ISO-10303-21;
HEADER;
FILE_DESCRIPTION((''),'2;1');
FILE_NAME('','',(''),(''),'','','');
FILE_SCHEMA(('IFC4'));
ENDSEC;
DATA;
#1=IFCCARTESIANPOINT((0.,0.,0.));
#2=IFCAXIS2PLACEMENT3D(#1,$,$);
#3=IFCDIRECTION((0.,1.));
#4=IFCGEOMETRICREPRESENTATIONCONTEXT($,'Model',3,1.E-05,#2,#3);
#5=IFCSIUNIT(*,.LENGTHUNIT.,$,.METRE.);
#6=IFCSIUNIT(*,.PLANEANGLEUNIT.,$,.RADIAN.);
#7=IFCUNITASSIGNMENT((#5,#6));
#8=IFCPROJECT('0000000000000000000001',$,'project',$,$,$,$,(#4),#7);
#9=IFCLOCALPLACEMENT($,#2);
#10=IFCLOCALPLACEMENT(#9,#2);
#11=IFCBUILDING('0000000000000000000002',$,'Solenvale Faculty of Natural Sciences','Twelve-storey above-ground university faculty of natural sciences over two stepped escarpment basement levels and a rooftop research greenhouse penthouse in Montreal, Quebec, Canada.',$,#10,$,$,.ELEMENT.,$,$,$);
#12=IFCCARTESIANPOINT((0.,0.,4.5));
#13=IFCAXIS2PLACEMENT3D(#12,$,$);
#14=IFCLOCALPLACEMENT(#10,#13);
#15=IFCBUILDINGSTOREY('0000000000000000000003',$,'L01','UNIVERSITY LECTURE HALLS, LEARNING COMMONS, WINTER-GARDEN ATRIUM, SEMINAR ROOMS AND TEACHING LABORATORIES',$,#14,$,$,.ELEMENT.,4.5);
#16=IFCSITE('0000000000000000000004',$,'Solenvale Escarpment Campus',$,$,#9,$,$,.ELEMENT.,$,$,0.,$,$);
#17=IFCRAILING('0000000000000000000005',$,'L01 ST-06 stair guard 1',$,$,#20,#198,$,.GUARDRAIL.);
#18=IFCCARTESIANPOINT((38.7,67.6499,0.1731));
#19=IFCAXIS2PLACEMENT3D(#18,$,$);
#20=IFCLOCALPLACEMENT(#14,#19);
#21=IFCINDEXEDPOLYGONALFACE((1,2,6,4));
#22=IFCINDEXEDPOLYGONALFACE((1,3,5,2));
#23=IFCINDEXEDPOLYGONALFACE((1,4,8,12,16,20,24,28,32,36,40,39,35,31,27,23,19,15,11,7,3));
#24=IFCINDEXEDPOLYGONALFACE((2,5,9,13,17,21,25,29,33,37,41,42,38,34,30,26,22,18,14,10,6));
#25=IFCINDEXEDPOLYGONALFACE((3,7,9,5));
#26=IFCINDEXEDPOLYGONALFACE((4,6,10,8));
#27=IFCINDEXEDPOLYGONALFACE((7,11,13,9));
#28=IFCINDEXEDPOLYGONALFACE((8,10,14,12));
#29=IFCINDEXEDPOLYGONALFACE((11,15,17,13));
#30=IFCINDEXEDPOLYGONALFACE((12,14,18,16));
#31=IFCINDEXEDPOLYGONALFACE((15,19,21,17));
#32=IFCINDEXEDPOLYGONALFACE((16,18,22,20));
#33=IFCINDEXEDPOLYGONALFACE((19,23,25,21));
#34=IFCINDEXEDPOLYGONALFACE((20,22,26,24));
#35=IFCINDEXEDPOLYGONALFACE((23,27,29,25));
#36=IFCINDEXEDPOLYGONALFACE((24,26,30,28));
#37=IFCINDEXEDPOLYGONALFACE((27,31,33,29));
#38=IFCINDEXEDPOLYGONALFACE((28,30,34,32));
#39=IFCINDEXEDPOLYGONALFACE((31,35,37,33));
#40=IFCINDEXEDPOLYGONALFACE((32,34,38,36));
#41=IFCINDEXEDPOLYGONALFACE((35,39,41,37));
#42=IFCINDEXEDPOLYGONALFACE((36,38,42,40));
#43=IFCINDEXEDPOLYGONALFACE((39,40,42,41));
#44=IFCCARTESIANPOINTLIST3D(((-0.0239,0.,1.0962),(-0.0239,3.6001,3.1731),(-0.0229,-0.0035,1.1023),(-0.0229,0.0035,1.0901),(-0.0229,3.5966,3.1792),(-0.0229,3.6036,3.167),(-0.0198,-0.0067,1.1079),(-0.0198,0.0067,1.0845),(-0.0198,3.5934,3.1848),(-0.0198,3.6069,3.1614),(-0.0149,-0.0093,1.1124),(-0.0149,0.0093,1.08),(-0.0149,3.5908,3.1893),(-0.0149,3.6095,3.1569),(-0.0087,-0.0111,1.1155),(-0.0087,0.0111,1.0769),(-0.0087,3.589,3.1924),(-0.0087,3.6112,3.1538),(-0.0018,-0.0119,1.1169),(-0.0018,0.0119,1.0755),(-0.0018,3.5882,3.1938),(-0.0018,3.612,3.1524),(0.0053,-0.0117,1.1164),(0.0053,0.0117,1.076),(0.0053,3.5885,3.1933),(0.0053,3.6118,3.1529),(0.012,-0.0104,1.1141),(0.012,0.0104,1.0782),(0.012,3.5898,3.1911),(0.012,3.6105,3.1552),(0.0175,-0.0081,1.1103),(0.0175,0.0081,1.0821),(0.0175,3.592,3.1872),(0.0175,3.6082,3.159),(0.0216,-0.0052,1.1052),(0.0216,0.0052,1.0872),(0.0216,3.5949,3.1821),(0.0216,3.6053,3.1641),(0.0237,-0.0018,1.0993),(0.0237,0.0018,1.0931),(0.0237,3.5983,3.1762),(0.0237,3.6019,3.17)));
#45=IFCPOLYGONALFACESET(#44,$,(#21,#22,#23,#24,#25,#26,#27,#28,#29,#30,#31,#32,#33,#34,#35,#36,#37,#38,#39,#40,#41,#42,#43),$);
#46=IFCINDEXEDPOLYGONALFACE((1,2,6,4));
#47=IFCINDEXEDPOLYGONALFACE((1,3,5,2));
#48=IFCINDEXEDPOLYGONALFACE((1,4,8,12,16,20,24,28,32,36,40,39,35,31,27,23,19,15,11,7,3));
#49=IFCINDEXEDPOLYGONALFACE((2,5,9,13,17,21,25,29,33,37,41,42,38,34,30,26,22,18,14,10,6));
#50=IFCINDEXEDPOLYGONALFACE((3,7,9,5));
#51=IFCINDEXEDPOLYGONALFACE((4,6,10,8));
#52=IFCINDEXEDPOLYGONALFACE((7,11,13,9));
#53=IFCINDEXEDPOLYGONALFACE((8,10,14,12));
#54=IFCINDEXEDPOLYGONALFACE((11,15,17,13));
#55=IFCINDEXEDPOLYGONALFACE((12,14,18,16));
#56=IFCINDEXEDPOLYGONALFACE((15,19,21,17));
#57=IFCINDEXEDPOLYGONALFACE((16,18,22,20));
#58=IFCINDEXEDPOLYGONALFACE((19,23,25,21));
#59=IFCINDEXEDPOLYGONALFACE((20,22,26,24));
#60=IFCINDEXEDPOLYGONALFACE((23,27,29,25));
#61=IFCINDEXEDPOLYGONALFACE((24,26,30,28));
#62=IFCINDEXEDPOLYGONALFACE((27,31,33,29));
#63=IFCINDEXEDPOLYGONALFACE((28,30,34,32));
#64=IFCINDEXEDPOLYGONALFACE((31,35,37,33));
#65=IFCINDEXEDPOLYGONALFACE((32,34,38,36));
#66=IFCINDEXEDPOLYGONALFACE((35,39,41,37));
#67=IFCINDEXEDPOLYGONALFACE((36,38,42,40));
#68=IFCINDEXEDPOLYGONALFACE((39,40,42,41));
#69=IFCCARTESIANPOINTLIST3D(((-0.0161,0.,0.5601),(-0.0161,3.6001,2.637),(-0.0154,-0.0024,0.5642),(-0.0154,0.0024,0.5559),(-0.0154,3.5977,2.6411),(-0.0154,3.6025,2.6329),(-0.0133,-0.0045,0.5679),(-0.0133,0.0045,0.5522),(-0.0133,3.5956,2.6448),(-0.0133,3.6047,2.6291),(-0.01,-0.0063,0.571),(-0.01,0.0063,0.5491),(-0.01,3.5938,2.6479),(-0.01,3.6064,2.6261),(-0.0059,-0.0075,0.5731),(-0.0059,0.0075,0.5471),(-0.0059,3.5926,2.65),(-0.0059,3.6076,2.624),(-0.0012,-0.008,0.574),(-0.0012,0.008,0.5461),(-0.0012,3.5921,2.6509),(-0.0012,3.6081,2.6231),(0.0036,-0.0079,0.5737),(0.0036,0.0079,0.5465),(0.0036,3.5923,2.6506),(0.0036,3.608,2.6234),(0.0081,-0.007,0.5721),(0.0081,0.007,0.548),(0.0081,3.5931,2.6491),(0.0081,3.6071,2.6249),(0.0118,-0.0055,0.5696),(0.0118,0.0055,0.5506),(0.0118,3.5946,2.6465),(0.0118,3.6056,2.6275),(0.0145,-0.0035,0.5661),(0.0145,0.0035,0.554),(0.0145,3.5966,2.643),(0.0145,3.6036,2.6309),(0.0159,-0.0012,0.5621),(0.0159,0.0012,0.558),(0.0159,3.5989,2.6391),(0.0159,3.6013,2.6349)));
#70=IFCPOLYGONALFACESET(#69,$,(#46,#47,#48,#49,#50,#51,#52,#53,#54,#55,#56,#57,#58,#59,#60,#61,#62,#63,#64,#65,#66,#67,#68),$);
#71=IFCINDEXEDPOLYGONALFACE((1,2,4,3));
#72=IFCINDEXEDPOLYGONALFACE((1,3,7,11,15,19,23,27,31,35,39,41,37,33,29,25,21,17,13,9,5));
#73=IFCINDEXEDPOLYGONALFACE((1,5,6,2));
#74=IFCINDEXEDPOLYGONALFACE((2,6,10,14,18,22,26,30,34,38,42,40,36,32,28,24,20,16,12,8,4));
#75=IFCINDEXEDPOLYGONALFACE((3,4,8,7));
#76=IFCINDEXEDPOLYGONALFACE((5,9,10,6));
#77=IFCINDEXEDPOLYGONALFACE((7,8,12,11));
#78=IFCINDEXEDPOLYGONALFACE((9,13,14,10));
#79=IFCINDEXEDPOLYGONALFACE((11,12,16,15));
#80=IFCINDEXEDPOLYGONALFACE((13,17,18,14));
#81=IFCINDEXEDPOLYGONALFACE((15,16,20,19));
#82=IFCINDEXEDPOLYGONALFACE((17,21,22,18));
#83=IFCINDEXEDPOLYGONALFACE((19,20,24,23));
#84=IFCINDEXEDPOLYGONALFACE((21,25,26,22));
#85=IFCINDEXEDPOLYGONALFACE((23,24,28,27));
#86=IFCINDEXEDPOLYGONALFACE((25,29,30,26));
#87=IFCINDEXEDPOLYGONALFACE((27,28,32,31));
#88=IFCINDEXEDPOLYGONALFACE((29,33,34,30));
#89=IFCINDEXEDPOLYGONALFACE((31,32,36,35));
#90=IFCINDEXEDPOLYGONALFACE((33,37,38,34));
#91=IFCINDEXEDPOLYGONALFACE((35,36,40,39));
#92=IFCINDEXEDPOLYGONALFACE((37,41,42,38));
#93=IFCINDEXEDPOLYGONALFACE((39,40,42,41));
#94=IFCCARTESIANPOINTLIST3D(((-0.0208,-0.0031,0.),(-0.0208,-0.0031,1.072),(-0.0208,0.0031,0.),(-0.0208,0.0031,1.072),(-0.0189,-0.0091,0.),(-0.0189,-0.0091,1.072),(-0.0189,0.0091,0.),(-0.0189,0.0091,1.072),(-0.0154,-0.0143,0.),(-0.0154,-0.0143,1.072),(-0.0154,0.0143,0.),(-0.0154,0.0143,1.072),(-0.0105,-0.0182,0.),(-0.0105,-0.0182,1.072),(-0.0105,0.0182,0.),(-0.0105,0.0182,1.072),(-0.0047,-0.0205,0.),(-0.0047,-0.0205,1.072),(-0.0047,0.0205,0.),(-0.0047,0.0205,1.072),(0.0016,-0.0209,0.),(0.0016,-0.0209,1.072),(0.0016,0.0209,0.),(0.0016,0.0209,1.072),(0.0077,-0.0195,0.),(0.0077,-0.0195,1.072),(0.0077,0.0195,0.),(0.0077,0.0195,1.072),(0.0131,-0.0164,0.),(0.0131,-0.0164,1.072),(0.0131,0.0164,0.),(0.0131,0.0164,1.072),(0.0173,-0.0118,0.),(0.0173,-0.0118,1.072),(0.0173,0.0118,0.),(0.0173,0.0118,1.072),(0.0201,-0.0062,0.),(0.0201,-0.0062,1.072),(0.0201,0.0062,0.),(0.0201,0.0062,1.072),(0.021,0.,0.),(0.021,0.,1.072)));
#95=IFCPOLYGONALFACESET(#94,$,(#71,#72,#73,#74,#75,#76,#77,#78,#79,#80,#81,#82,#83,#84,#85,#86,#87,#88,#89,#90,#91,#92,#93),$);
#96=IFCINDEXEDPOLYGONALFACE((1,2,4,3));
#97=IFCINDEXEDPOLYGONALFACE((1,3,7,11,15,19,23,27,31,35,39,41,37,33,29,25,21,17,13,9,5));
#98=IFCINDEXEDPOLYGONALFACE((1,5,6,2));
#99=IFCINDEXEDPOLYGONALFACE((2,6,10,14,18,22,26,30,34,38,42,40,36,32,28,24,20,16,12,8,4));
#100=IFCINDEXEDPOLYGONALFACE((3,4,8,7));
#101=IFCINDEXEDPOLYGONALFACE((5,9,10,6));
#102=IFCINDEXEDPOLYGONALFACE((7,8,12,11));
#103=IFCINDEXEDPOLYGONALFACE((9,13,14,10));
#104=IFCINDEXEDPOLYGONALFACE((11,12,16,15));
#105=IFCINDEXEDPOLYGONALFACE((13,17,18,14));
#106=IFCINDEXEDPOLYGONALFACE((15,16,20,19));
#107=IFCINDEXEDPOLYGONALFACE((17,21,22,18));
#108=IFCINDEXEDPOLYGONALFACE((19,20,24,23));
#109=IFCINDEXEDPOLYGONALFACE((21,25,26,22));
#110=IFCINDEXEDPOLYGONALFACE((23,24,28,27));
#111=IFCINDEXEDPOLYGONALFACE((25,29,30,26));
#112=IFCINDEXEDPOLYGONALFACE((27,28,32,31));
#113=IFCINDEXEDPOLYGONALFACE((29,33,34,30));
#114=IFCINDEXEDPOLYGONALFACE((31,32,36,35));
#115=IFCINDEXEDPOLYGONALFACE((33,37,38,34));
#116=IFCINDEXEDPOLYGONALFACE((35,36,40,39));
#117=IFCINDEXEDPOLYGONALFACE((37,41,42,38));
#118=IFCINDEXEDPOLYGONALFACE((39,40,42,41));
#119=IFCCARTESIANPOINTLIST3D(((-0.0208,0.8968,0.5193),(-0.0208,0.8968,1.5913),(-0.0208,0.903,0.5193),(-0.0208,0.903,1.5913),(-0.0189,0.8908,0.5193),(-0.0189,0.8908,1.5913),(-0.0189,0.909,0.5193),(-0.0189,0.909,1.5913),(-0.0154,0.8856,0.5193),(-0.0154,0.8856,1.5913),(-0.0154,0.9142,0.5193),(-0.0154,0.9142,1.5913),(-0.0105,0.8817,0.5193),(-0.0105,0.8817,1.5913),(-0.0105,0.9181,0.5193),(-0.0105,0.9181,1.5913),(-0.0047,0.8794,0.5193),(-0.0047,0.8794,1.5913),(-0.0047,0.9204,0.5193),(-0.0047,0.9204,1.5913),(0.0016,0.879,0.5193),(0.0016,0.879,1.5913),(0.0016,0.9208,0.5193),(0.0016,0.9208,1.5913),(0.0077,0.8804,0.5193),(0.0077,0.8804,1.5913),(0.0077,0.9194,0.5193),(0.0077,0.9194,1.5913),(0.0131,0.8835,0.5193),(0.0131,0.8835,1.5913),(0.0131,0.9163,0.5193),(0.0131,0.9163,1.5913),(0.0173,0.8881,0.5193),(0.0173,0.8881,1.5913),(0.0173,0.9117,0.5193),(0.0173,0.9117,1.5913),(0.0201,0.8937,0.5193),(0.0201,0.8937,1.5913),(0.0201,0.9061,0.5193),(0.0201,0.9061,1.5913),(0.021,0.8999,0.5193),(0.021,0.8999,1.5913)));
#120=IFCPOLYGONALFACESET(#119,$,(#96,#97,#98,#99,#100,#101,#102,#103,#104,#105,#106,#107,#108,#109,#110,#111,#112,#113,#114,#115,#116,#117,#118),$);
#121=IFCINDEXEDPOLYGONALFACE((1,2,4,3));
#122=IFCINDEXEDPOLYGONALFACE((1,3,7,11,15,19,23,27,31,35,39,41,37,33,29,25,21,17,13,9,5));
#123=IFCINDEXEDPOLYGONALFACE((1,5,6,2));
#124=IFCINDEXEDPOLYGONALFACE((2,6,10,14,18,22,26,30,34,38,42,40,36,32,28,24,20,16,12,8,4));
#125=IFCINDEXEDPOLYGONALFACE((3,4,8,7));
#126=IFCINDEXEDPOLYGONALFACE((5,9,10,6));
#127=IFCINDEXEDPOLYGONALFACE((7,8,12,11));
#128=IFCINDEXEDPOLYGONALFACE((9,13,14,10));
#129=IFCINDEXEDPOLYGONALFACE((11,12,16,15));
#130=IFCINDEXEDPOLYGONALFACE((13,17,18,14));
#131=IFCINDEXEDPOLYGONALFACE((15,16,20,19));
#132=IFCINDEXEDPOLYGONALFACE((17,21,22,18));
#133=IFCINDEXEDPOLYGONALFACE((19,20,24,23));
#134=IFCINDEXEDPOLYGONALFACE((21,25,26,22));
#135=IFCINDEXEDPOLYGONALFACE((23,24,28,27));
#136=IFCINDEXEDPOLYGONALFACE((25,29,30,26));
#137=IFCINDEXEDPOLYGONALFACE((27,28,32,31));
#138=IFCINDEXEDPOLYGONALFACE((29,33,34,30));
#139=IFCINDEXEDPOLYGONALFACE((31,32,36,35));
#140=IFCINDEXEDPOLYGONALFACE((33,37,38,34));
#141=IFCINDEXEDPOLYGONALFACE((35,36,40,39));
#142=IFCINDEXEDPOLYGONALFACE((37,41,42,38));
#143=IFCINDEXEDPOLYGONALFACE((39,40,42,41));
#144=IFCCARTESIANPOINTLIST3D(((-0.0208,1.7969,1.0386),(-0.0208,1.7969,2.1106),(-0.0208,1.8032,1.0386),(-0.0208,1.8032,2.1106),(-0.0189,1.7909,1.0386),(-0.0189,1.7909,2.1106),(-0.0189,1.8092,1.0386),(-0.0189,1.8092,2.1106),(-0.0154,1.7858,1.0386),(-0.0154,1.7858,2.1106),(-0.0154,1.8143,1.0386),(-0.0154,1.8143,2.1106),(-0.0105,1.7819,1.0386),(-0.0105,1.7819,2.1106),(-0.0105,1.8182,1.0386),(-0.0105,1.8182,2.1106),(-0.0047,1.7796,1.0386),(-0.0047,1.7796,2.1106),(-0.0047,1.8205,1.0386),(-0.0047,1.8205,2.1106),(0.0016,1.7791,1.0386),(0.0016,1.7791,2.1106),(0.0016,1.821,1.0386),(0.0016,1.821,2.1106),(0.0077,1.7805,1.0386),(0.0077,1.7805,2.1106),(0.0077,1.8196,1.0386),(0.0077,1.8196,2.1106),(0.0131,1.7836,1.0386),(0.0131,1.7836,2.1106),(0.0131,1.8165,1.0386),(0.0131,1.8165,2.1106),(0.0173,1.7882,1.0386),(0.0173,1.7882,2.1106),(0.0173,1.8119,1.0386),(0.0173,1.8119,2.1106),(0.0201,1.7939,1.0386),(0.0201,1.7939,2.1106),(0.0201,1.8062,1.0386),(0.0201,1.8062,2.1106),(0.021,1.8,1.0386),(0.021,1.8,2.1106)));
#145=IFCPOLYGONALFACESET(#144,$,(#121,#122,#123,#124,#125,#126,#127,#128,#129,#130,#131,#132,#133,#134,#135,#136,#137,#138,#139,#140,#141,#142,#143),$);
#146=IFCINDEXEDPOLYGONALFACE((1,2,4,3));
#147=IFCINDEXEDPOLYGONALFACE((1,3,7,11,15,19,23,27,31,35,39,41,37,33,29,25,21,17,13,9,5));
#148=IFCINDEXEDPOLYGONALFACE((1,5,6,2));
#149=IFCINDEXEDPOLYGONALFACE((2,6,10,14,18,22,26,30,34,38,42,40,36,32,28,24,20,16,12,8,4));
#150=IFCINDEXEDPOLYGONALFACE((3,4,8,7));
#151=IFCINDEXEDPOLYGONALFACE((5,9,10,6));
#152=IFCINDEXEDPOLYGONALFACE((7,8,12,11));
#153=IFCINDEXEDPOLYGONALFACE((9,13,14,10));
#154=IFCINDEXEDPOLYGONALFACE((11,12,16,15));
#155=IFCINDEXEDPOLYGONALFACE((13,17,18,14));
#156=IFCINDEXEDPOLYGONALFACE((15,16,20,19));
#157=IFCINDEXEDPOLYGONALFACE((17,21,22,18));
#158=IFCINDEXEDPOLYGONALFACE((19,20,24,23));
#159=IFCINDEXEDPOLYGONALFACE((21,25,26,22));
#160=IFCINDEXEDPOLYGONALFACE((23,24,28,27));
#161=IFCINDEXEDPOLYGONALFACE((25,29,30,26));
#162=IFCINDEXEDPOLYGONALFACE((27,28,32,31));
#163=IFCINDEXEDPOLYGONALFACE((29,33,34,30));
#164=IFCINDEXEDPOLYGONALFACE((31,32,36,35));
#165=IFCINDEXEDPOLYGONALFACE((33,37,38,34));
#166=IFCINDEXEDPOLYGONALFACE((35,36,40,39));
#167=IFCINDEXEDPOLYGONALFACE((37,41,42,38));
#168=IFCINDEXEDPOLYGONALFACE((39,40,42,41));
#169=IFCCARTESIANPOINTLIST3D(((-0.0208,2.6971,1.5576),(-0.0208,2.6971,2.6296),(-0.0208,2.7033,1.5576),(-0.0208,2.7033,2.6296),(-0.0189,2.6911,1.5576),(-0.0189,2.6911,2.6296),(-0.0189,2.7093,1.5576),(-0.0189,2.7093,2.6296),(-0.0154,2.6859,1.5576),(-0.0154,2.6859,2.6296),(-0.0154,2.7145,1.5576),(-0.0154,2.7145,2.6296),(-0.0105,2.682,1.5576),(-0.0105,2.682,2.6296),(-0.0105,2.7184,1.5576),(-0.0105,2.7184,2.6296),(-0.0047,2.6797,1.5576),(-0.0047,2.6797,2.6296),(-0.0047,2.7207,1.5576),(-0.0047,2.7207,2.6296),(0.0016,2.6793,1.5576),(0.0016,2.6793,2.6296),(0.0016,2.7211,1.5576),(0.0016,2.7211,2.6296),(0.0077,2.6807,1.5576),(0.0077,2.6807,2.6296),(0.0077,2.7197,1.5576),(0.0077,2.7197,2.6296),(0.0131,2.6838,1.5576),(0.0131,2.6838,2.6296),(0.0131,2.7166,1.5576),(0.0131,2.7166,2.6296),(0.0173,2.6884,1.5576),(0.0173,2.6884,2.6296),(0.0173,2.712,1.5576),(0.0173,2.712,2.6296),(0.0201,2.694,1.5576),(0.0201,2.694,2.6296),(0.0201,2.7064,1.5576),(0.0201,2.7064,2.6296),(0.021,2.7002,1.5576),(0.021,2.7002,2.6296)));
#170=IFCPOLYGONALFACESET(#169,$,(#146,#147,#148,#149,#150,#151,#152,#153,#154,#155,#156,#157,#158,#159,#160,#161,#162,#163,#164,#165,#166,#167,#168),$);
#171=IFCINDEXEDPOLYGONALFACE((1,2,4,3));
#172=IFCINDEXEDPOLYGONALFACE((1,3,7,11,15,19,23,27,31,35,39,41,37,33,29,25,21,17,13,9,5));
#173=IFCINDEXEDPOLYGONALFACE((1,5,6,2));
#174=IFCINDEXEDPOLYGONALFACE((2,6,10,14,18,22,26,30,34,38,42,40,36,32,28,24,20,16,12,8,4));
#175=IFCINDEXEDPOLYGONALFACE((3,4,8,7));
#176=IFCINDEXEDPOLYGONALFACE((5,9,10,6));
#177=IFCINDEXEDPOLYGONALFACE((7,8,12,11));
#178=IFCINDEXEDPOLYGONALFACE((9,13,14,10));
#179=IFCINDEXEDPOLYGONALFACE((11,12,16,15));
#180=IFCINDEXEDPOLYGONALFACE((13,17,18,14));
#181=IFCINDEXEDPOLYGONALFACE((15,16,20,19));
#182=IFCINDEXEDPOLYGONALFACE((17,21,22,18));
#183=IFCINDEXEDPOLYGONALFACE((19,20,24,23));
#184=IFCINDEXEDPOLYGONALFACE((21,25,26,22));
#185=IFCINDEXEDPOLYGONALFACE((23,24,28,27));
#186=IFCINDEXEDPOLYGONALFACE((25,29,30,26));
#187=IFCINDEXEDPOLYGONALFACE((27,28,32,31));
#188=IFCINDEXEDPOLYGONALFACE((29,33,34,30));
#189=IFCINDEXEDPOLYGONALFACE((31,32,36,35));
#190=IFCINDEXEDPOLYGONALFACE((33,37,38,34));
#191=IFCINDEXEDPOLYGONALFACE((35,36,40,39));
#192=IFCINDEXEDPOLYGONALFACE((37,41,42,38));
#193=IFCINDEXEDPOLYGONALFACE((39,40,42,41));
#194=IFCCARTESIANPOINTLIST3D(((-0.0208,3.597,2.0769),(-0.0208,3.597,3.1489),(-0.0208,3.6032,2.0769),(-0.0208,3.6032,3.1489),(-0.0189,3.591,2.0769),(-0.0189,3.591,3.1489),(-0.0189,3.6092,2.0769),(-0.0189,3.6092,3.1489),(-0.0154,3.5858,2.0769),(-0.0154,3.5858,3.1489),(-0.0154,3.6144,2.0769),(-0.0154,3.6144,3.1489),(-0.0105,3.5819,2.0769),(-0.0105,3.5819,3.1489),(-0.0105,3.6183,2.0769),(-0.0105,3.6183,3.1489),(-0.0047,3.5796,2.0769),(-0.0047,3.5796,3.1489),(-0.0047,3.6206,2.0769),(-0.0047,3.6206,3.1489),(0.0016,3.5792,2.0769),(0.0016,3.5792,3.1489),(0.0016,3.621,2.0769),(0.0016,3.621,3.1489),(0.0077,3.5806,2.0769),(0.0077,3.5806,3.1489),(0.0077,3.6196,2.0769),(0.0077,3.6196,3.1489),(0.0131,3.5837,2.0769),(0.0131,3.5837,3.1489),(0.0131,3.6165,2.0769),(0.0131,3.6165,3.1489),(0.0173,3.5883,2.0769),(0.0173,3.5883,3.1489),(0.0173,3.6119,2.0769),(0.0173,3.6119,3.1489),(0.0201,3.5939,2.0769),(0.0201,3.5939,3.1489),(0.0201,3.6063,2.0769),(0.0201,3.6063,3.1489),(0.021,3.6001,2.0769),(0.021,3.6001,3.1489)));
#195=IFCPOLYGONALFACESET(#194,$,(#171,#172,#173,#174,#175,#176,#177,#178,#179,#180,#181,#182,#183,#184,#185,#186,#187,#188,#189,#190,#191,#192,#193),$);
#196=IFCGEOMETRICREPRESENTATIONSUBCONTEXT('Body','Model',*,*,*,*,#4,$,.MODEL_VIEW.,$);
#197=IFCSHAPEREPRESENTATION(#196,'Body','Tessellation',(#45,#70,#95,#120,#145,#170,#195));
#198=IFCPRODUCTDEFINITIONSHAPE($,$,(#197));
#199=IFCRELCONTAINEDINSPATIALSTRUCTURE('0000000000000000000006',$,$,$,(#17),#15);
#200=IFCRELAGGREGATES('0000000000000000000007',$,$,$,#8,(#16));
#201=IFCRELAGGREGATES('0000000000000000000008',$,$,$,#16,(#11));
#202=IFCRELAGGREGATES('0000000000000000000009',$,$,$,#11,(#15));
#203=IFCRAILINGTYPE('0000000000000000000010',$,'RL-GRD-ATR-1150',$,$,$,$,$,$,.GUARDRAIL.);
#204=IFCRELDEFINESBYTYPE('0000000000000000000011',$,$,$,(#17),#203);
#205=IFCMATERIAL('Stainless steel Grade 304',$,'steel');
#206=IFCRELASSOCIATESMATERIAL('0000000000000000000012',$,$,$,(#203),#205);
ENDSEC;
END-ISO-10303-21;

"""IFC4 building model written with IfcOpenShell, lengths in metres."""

from ifc_helpers import new_model, si_unit, direction, frame, origin, origin_2d, place, context, subcontext, project, spatial, circle, extrude, material, type_object, element, save


model = new_model("IFC4")

# Units and contexts
model_context = context("Model", 3, precision=1e-05, world=origin(), true_north=direction((0.0, 1.0)))
body_context = subcontext(model_context, "Body", "Model", "MODEL_VIEW")
ifc_project = project(units=[si_unit("LENGTHUNIT", "METRE"), si_unit("PLANEANGLEUNIT", "RADIAN")], contexts=[model_context])

# Site, building, storey
site_placement = place(None, origin())
site = spatial("IfcSite", under=ifc_project, at=site_placement, Name="Solenvale Escarpment Campus", CompositionType="ELEMENT", RefElevation=0.0)
building_placement = place(site_placement, origin())
building = spatial("IfcBuilding", under=site, at=building_placement, Name="Solenvale Faculty of Natural Sciences", Description="Twelve-storey above-ground university faculty of natural sciences over two stepped escarpment basement levels and a rooftop research greenhouse penthouse in Montreal, Quebec, Canada.", CompositionType="ELEMENT")
storey_placement = place(building_placement, frame((0.0, 0.0, 4.5)))
storey = spatial("IfcBuildingStorey", under=building, at=storey_placement, Name="L01", Description="UNIVERSITY LECTURE HALLS, LEARNING COMMONS, WINTER-GARDEN ATRIUM, SEMINAR ROOMS AND TEACHING LABORATORIES", CompositionType="ELEMENT", Elevation=4.5)

# Railing
ifc_material_1 = material(Name="Stainless steel Grade 304", Category="steel")
railing_type_1 = type_object("IfcRailingType", Name="RL-GRD-ATR-1150", PredefinedType="GUARDRAIL", material=ifc_material_1)
railing_1_placement = place(storey_placement, frame((38.7, 67.6499, 0.1731)))
element("IfcRailing", 1, at=railing_1_placement, inside=storey, type_object=railing_type_1, Name="L01 ST-06 stair guard 1", PredefinedType="GUARDRAIL", context=body_context, shape_type="SweptSolid", body=[
    extrude(circle(Radius=0.0239, at=origin_2d()), frame((0.0, 0.0, 1.0962), z_axis=(0.0, 0.866193, 0.499709), x_axis=(-1.0, 0.0, 0.0)), (0.0, 0.0, 1.0), 4.1562),
    extrude(circle(Radius=0.0161, at=origin_2d()), frame((0.0, 0.0, 0.5601), z_axis=(0.0, 0.866193, 0.499709), x_axis=(-1.0, 0.0, 0.0)), (0.0, 0.0, 1.0), 4.1562),
    extrude(circle(Radius=0.021, at=origin_2d()), origin(), (0.0, 0.0, 1.0), 1.072),
    extrude(circle(Radius=0.021, at=origin_2d()), frame((0.0, 0.8999, 0.5193)), (0.0, 0.0, 1.0), 1.072),
    extrude(circle(Radius=0.021, at=origin_2d()), frame((0.0, 1.8, 1.0386)), (0.0, 0.0, 1.0), 1.072),
    extrude(circle(Radius=0.021, at=origin_2d()), frame((0.0, 2.7002, 1.5576)), (0.0, 0.0, 1.0), 1.072),
    extrude(circle(Radius=0.021, at=origin_2d()), frame((0.0, 3.6001, 2.0769)), (0.0, 0.0, 1.0), 1.072),
])

save(model, "model.ifc")
